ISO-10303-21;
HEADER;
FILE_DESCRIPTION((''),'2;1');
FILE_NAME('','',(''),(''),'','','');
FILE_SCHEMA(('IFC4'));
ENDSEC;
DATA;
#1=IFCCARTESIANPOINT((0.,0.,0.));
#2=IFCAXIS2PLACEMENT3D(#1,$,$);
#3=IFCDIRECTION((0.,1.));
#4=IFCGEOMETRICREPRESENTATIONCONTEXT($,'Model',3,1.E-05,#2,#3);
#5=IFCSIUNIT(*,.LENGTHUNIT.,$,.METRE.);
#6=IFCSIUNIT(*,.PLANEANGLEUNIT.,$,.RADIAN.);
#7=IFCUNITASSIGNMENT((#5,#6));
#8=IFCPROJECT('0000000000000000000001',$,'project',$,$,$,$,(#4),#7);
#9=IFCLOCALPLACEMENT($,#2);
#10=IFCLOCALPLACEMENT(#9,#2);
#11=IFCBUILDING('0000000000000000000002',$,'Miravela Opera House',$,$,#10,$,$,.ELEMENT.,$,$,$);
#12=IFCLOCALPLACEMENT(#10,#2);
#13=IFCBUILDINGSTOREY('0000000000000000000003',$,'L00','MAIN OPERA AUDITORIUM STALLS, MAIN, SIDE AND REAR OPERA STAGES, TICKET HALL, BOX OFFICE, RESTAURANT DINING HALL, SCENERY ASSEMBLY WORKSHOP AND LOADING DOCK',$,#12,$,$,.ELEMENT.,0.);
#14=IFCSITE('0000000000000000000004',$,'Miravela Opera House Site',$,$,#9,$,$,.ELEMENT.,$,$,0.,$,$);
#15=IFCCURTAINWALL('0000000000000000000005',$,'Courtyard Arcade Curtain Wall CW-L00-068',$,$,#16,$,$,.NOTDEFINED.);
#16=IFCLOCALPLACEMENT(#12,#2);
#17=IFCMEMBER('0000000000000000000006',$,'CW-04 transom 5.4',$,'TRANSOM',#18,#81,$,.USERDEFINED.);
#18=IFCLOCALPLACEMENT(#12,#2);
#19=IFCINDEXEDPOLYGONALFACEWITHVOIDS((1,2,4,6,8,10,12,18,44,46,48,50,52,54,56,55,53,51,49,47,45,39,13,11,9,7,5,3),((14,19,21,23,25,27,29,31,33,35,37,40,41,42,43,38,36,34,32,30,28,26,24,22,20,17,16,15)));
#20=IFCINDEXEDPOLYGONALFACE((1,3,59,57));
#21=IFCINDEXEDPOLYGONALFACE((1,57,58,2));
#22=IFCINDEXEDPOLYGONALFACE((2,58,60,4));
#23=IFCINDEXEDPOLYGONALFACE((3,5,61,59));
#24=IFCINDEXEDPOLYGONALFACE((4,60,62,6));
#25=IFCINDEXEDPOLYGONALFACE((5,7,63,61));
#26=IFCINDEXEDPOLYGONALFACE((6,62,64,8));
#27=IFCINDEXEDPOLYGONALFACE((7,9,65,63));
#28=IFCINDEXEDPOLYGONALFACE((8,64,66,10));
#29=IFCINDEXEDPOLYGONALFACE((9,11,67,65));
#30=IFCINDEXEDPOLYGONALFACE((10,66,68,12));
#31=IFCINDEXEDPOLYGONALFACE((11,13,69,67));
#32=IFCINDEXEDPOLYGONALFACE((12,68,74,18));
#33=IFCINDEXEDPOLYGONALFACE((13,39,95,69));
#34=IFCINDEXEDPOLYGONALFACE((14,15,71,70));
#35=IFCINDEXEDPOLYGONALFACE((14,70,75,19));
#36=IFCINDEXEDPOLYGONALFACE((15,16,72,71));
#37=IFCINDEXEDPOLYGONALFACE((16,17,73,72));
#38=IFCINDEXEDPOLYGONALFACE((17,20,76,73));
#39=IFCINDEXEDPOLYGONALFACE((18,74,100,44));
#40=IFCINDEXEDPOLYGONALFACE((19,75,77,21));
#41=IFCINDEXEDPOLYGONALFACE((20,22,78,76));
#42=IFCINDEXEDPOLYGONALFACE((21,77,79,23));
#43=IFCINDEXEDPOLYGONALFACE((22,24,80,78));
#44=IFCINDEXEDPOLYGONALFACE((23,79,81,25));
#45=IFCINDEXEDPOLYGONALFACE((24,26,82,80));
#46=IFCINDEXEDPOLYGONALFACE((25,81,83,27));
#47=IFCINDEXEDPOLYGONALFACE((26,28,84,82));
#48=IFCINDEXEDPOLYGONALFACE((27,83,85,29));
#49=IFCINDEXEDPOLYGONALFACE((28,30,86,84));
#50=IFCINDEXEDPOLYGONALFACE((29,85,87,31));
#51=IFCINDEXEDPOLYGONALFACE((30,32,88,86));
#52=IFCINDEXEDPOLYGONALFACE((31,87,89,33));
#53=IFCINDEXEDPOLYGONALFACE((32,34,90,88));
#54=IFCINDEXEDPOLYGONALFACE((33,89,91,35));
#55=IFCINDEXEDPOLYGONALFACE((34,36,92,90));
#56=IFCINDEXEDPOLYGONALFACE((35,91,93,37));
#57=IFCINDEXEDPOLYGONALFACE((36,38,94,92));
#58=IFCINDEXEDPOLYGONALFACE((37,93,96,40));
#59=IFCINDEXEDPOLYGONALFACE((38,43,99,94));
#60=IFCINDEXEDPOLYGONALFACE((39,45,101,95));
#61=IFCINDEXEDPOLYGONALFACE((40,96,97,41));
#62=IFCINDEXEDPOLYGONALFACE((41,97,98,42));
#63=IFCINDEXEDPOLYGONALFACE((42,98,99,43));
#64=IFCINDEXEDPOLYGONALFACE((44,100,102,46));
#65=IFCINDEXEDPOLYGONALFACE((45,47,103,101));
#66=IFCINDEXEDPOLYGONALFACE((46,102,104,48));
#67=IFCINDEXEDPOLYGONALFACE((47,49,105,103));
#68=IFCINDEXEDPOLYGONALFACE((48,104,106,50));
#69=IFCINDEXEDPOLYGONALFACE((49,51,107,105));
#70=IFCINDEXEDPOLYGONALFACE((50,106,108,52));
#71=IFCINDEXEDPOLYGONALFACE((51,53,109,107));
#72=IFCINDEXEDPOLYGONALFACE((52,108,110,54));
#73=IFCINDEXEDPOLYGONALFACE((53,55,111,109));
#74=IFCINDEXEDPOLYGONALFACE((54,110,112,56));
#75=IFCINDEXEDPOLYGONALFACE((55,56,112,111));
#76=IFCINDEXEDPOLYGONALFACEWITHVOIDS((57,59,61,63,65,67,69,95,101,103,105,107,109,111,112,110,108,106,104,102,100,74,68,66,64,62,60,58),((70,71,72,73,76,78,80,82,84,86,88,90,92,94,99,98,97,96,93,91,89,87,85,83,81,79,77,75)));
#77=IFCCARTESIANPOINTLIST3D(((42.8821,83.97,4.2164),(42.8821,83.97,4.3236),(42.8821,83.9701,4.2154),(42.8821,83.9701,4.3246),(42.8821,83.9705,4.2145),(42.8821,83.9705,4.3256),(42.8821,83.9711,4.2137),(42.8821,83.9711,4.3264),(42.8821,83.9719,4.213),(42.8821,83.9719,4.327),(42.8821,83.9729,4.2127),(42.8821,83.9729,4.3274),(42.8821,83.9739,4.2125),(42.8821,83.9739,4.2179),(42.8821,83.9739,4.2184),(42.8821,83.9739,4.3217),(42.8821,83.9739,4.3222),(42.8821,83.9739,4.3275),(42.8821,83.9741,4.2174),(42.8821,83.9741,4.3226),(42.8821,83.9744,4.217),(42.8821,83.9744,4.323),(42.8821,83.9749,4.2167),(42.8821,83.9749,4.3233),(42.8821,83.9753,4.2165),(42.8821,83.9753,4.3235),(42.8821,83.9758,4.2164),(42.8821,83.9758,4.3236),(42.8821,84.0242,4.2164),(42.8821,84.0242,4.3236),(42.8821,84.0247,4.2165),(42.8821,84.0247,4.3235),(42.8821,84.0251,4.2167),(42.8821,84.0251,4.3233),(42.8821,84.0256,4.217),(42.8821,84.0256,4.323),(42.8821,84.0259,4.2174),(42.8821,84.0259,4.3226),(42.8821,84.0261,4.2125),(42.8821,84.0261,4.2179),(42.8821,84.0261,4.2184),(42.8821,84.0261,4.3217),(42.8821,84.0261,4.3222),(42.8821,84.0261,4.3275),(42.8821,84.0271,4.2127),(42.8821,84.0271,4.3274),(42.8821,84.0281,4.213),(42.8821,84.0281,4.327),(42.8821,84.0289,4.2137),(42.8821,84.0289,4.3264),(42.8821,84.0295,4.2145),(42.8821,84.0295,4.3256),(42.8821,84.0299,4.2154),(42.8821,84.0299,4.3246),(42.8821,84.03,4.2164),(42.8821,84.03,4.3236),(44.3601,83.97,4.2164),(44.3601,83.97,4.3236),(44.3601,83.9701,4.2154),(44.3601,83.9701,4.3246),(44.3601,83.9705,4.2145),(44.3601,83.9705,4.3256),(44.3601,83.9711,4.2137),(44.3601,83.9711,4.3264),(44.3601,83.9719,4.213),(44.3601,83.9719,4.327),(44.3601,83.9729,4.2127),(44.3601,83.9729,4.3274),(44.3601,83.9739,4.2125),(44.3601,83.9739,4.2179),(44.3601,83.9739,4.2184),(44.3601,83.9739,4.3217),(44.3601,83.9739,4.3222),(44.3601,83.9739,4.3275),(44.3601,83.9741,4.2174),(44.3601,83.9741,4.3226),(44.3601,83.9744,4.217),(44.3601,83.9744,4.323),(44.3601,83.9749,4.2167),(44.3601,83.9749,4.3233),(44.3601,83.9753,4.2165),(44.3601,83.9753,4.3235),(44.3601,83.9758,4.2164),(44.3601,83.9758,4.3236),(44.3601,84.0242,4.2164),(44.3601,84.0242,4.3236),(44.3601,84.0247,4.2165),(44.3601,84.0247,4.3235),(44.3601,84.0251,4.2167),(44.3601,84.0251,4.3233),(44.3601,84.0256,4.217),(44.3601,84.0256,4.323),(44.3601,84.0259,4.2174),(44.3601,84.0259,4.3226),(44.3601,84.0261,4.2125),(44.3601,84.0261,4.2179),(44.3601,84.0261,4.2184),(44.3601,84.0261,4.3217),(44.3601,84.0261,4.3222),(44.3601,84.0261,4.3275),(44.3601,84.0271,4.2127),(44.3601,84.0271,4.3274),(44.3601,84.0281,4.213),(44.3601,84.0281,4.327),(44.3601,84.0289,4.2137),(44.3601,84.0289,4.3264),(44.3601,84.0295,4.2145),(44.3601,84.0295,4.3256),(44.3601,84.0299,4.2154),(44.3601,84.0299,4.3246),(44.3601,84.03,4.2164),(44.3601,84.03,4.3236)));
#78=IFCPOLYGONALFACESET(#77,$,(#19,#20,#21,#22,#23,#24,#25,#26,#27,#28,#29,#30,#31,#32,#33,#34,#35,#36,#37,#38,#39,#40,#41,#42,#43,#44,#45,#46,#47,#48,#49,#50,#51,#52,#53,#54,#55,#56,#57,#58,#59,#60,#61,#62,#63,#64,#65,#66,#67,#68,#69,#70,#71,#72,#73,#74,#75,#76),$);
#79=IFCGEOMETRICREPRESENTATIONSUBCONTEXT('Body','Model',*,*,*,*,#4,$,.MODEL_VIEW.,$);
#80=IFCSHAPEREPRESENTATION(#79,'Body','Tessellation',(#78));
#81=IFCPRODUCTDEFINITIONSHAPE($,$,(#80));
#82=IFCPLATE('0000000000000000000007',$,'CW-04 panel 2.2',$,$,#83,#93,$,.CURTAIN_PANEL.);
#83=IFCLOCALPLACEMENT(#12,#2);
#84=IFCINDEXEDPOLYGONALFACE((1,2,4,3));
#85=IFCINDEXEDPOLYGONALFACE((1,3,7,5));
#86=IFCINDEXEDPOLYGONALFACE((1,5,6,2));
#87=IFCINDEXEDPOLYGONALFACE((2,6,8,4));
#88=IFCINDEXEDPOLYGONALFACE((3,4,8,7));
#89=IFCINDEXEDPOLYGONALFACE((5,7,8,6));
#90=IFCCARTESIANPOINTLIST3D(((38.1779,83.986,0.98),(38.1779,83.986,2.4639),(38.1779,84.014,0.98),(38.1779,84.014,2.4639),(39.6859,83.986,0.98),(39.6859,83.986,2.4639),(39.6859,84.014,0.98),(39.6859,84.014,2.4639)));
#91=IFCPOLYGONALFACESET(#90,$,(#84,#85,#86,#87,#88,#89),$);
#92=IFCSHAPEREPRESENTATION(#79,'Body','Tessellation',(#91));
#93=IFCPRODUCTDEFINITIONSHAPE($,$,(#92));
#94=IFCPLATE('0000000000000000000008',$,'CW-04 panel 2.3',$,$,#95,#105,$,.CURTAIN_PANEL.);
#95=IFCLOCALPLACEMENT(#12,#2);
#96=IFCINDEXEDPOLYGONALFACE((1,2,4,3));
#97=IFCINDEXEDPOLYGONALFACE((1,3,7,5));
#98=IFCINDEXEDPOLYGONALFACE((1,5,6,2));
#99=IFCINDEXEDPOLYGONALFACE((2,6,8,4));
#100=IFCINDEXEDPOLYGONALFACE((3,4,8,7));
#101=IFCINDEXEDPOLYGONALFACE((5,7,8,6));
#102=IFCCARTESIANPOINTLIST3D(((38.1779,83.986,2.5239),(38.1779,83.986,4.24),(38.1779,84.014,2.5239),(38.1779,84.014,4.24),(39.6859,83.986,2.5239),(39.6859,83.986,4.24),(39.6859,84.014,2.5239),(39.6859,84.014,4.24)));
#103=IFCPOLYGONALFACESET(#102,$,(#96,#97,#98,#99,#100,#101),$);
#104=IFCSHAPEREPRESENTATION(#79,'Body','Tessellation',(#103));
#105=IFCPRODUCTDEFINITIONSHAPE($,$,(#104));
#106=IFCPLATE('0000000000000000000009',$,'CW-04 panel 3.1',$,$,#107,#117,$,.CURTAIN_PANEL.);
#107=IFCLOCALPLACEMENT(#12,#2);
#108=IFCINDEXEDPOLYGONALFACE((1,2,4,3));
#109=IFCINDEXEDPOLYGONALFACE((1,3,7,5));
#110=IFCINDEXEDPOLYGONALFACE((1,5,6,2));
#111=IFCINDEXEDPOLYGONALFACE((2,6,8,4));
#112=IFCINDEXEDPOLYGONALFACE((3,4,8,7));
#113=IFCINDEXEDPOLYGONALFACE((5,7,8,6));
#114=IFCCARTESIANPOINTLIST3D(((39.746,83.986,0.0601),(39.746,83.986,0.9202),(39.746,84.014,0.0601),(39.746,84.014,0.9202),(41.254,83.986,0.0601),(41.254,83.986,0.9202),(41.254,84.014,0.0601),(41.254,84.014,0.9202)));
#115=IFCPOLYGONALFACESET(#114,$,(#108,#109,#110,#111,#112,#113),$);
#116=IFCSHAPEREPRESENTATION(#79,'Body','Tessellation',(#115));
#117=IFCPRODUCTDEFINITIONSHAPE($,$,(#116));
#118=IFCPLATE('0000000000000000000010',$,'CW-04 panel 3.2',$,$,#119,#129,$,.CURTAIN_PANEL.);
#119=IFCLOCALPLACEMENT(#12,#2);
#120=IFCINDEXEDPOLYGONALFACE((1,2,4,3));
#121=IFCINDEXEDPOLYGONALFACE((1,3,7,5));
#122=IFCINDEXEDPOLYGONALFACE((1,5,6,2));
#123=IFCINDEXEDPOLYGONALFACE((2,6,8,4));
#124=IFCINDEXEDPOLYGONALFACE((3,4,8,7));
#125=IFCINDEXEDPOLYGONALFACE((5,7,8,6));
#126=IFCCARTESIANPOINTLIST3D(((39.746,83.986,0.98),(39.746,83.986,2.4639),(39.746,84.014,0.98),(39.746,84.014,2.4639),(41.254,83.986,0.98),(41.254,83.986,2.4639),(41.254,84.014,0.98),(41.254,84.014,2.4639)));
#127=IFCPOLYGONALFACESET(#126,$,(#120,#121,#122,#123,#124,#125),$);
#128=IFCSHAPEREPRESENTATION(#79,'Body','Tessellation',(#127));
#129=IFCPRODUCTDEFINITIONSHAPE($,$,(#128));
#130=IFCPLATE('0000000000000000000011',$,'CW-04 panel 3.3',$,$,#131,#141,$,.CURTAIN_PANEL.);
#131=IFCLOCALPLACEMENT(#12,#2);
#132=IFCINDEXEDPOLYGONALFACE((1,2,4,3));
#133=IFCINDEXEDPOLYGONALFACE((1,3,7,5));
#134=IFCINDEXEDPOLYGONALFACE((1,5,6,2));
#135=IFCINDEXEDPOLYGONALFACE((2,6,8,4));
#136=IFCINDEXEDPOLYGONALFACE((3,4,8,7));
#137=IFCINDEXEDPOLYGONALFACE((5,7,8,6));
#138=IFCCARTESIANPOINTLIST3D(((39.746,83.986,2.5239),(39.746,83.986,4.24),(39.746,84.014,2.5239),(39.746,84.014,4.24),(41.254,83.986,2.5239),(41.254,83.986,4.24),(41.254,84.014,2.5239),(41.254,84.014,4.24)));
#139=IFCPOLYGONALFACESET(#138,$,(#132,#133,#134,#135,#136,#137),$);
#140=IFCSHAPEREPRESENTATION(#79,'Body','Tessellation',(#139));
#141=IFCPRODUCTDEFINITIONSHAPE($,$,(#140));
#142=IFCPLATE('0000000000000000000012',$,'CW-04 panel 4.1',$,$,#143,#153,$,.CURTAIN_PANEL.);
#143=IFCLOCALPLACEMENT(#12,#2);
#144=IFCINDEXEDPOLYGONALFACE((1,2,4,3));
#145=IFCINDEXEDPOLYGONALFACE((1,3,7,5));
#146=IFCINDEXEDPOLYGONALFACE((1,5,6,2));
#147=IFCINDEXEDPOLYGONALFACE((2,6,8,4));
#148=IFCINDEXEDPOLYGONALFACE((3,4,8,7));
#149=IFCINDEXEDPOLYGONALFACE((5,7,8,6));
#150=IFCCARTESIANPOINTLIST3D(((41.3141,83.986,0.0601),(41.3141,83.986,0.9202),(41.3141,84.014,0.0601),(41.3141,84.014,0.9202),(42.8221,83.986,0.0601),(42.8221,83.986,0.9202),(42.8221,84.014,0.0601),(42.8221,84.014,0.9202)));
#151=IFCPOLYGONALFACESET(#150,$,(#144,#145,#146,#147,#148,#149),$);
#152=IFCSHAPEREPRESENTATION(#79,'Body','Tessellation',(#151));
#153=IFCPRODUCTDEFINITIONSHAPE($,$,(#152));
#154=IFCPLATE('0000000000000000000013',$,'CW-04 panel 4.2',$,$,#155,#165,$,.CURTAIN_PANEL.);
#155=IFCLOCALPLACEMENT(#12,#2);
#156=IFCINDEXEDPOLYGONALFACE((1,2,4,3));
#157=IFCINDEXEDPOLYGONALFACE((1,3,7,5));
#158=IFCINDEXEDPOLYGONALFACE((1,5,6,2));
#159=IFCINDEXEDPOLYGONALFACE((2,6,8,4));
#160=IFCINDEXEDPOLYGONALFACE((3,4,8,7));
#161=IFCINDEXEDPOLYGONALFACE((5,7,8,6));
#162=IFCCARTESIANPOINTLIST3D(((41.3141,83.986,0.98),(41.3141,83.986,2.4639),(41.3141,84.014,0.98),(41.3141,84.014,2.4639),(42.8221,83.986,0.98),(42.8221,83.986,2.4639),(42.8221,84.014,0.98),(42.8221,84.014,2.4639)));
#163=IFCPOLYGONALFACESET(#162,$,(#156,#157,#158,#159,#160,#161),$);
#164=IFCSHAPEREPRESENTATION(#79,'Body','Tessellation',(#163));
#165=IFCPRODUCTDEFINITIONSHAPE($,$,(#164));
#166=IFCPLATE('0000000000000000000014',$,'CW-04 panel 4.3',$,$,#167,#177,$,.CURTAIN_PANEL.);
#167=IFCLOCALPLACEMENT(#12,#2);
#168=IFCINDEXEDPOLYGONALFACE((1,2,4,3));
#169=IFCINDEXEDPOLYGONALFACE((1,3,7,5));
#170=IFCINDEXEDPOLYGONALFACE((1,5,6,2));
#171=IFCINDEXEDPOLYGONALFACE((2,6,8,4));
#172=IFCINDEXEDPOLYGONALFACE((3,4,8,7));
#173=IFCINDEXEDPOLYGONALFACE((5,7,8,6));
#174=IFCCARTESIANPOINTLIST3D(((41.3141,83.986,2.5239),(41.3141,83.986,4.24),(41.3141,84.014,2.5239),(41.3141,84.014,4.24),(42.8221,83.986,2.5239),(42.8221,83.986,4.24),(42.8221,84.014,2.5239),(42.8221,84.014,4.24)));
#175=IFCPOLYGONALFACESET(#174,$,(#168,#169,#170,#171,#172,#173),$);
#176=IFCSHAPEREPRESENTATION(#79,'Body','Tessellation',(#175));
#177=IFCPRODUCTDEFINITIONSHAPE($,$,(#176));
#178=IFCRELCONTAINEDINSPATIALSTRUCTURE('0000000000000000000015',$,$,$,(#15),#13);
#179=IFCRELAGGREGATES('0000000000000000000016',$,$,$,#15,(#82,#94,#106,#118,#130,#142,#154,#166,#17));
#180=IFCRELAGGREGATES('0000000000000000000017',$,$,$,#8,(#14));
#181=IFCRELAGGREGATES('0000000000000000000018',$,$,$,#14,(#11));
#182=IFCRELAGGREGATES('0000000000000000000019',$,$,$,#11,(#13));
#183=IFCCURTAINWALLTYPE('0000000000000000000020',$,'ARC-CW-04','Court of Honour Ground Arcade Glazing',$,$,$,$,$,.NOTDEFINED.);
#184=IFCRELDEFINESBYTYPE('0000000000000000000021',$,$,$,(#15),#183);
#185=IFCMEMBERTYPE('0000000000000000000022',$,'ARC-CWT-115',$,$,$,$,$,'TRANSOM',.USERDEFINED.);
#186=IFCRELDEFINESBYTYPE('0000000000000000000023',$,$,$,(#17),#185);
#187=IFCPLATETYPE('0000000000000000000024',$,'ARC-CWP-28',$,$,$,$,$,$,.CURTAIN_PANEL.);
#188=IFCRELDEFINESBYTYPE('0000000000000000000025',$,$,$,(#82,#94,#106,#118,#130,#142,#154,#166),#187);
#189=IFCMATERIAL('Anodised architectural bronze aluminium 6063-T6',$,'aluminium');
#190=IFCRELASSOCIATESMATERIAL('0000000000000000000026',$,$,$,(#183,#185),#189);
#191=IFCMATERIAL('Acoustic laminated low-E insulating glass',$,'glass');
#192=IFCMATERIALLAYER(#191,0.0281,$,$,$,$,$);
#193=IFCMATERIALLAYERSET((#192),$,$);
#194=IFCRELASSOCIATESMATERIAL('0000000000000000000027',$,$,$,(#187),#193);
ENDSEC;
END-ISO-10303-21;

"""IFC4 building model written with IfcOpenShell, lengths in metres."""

from ifc_helpers import new_model, si_unit, direction, frame, origin, origin_2d, place, context, subcontext, project, spatial, rectangle, hollow_rectangle, extrude, material, layer, layer_set, material_profile, profile_set, type_object, element, aggregate, save


model = new_model("IFC4")

# Units and contexts
model_context = context("Model", 3, precision=1e-05, world=origin(), true_north=direction((0.0, 1.0)))
body_context = subcontext(model_context, "Body", "Model", "MODEL_VIEW")
ifc_project = project(units=[si_unit("LENGTHUNIT", "METRE"), si_unit("PLANEANGLEUNIT", "RADIAN")], contexts=[model_context])

# Site, building, storey
site_placement = place(None, origin())
site = spatial("IfcSite", under=ifc_project, at=site_placement, Name="Miravela Opera House Site", CompositionType="ELEMENT", RefElevation=0.0)
building_placement = place(site_placement, origin())
building = spatial("IfcBuilding", under=site, at=building_placement, Name="Miravela Opera House", CompositionType="ELEMENT")
storey_placement = place(building_placement, origin())
storey = spatial("IfcBuildingStorey", under=building, at=storey_placement, Name="L00", Description="MAIN OPERA AUDITORIUM STALLS, MAIN, SIDE AND REAR OPERA STAGES, TICKET HALL, BOX OFFICE, RESTAURANT DINING HALL, SCENERY ASSEMBLY WORKSHOP AND LOADING DOCK", CompositionType="ELEMENT", Elevation=0.0)

# Curtain wall, member, plates
ifc_material_1 = material(Name="Anodised architectural bronze aluminium 6063-T6", Category="aluminium")
curtain_wall_type = type_object("IfcCurtainWallType", Name="ARC-CW-04", Description="Court of Honour Ground Arcade Glazing", PredefinedType="NOTDEFINED", material=ifc_material_1)
curtain_wall_placement = place(storey_placement, origin())
curtain_wall = element("IfcCurtainWall", 1, at=curtain_wall_placement, inside=storey, type_object=curtain_wall_type, Name="Courtyard Arcade Curtain Wall CW-L00-068", PredefinedType="NOTDEFINED")
ifc_material_profile_1 = material_profile(ifc_material_1, hollow_rectangle(XDim=0.0601, YDim=0.115, WallThickness=0.0039, InnerFilletRadius=0.002, OuterFilletRadius=0.0039, at=origin_2d()), Name="CWT-60X115")
ifc_profile_set_1 = profile_set([ifc_material_profile_1])
member_type_1 = type_object("IfcMemberType", Name="ARC-CWT-115", ElementType="TRANSOM", PredefinedType="USERDEFINED", material=ifc_profile_set_1)
member_1_placement = place(storey_placement, frame((42.8821, 84.0, 4.27), z_axis=(1.0, 0.0, 0.0), x_axis=(0.0, 1.0, 0.0)))
member_1 = element("IfcMember", 2, at=member_1_placement, type_object=member_type_1, Name="CW-04 transom 5.4", ObjectType="TRANSOM", PredefinedType="USERDEFINED", context=body_context, shape_type="SweptSolid", body=[
    extrude(hollow_rectangle(XDim=0.0601, YDim=0.115, WallThickness=0.0039, InnerFilletRadius=0.002, OuterFilletRadius=0.0039, at=origin_2d()), origin(), (0.0, 0.0, 1.0), 1.478),
])
ifc_material_2 = material(Name="Acoustic laminated low-E insulating glass", Category="glass")
ifc_layer = layer(ifc_material_2, 0.0281)
ifc_layer_set = layer_set([ifc_layer])
plate_type = type_object("IfcPlateType", Name="ARC-CWP-28", PredefinedType="CURTAIN_PANEL", material=ifc_layer_set)
plate_1_placement = place(storey_placement, frame((38.9319, 84.0, 0.98), z_axis=(0.0, 0.0, 1.0), x_axis=(1.0, 0.0, 0.0)))
plate_1 = element("IfcPlate", 3, at=plate_1_placement, type_object=plate_type, Name="CW-04 panel 2.2", PredefinedType="CURTAIN_PANEL", context=body_context, shape_type="SweptSolid", body=[
    extrude(rectangle(XDim=1.5081, YDim=0.0281, at=origin_2d()), origin(), (0.0, 0.0, 1.0), 1.4839),
])
plate_2_placement = place(storey_placement, frame((38.9319, 84.0, 2.5239), z_axis=(0.0, 0.0, 1.0), x_axis=(1.0, 0.0, 0.0)))
plate_2 = element("IfcPlate", 4, at=plate_2_placement, type_object=plate_type, Name="CW-04 panel 2.3", PredefinedType="CURTAIN_PANEL", context=body_context, shape_type="SweptSolid", body=[
    extrude(rectangle(XDim=1.5081, YDim=0.0281, at=origin_2d()), origin(), (0.0, 0.0, 1.0), 1.7161),
])
plate_3_placement = place(storey_placement, frame((40.5, 84.0, 0.0601), z_axis=(0.0, 0.0, 1.0), x_axis=(1.0, 0.0, 0.0)))
plate_3 = element("IfcPlate", 5, at=plate_3_placement, type_object=plate_type, Name="CW-04 panel 3.1", PredefinedType="CURTAIN_PANEL", context=body_context, shape_type="SweptSolid", body=[
    extrude(rectangle(XDim=1.5081, YDim=0.0281, at=origin_2d()), origin(), (0.0, 0.0, 1.0), 0.8601),
])
plate_4_placement = place(storey_placement, frame((40.5, 84.0, 0.98), z_axis=(0.0, 0.0, 1.0), x_axis=(1.0, 0.0, 0.0)))
plate_4 = element("IfcPlate", 6, at=plate_4_placement, type_object=plate_type, Name="CW-04 panel 3.2", PredefinedType="CURTAIN_PANEL", context=body_context, shape_type="SweptSolid", body=[
    extrude(rectangle(XDim=1.5081, YDim=0.0281, at=origin_2d()), origin(), (0.0, 0.0, 1.0), 1.4839),
])
plate_5_placement = place(storey_placement, frame((40.5, 84.0, 2.5239), z_axis=(0.0, 0.0, 1.0), x_axis=(1.0, 0.0, 0.0)))
plate_5 = element("IfcPlate", 7, at=plate_5_placement, type_object=plate_type, Name="CW-04 panel 3.3", PredefinedType="CURTAIN_PANEL", context=body_context, shape_type="SweptSolid", body=[
    extrude(rectangle(XDim=1.5081, YDim=0.0281, at=origin_2d()), origin(), (0.0, 0.0, 1.0), 1.7161),
])
plate_6_placement = place(storey_placement, frame((42.0681, 84.0, 0.0601), z_axis=(0.0, 0.0, 1.0), x_axis=(1.0, 0.0, 0.0)))
plate_6 = element("IfcPlate", 8, at=plate_6_placement, type_object=plate_type, Name="CW-04 panel 4.1", PredefinedType="CURTAIN_PANEL", context=body_context, shape_type="SweptSolid", body=[
    extrude(rectangle(XDim=1.5081, YDim=0.0281, at=origin_2d()), origin(), (0.0, 0.0, 1.0), 0.8601),
])
plate_7_placement = place(storey_placement, frame((42.0681, 84.0, 0.98), z_axis=(0.0, 0.0, 1.0), x_axis=(1.0, 0.0, 0.0)))
plate_7 = element("IfcPlate", 9, at=plate_7_placement, type_object=plate_type, Name="CW-04 panel 4.2", PredefinedType="CURTAIN_PANEL", context=body_context, shape_type="SweptSolid", body=[
    extrude(rectangle(XDim=1.5081, YDim=0.0281, at=origin_2d()), origin(), (0.0, 0.0, 1.0), 1.4839),
])
plate_8_placement = place(storey_placement, frame((42.0681, 84.0, 2.5239), z_axis=(0.0, 0.0, 1.0), x_axis=(1.0, 0.0, 0.0)))
plate_8 = element("IfcPlate", 10, at=plate_8_placement, type_object=plate_type, Name="CW-04 panel 4.3", PredefinedType="CURTAIN_PANEL", context=body_context, shape_type="SweptSolid", body=[
    extrude(rectangle(XDim=1.5081, YDim=0.0281, at=origin_2d()), origin(), (0.0, 0.0, 1.0), 1.7161),
])
aggregate(curtain_wall, [plate_1, plate_2, plate_3, plate_4, plate_5, plate_6, plate_7, plate_8, member_1])

save(model, "model.ifc")
